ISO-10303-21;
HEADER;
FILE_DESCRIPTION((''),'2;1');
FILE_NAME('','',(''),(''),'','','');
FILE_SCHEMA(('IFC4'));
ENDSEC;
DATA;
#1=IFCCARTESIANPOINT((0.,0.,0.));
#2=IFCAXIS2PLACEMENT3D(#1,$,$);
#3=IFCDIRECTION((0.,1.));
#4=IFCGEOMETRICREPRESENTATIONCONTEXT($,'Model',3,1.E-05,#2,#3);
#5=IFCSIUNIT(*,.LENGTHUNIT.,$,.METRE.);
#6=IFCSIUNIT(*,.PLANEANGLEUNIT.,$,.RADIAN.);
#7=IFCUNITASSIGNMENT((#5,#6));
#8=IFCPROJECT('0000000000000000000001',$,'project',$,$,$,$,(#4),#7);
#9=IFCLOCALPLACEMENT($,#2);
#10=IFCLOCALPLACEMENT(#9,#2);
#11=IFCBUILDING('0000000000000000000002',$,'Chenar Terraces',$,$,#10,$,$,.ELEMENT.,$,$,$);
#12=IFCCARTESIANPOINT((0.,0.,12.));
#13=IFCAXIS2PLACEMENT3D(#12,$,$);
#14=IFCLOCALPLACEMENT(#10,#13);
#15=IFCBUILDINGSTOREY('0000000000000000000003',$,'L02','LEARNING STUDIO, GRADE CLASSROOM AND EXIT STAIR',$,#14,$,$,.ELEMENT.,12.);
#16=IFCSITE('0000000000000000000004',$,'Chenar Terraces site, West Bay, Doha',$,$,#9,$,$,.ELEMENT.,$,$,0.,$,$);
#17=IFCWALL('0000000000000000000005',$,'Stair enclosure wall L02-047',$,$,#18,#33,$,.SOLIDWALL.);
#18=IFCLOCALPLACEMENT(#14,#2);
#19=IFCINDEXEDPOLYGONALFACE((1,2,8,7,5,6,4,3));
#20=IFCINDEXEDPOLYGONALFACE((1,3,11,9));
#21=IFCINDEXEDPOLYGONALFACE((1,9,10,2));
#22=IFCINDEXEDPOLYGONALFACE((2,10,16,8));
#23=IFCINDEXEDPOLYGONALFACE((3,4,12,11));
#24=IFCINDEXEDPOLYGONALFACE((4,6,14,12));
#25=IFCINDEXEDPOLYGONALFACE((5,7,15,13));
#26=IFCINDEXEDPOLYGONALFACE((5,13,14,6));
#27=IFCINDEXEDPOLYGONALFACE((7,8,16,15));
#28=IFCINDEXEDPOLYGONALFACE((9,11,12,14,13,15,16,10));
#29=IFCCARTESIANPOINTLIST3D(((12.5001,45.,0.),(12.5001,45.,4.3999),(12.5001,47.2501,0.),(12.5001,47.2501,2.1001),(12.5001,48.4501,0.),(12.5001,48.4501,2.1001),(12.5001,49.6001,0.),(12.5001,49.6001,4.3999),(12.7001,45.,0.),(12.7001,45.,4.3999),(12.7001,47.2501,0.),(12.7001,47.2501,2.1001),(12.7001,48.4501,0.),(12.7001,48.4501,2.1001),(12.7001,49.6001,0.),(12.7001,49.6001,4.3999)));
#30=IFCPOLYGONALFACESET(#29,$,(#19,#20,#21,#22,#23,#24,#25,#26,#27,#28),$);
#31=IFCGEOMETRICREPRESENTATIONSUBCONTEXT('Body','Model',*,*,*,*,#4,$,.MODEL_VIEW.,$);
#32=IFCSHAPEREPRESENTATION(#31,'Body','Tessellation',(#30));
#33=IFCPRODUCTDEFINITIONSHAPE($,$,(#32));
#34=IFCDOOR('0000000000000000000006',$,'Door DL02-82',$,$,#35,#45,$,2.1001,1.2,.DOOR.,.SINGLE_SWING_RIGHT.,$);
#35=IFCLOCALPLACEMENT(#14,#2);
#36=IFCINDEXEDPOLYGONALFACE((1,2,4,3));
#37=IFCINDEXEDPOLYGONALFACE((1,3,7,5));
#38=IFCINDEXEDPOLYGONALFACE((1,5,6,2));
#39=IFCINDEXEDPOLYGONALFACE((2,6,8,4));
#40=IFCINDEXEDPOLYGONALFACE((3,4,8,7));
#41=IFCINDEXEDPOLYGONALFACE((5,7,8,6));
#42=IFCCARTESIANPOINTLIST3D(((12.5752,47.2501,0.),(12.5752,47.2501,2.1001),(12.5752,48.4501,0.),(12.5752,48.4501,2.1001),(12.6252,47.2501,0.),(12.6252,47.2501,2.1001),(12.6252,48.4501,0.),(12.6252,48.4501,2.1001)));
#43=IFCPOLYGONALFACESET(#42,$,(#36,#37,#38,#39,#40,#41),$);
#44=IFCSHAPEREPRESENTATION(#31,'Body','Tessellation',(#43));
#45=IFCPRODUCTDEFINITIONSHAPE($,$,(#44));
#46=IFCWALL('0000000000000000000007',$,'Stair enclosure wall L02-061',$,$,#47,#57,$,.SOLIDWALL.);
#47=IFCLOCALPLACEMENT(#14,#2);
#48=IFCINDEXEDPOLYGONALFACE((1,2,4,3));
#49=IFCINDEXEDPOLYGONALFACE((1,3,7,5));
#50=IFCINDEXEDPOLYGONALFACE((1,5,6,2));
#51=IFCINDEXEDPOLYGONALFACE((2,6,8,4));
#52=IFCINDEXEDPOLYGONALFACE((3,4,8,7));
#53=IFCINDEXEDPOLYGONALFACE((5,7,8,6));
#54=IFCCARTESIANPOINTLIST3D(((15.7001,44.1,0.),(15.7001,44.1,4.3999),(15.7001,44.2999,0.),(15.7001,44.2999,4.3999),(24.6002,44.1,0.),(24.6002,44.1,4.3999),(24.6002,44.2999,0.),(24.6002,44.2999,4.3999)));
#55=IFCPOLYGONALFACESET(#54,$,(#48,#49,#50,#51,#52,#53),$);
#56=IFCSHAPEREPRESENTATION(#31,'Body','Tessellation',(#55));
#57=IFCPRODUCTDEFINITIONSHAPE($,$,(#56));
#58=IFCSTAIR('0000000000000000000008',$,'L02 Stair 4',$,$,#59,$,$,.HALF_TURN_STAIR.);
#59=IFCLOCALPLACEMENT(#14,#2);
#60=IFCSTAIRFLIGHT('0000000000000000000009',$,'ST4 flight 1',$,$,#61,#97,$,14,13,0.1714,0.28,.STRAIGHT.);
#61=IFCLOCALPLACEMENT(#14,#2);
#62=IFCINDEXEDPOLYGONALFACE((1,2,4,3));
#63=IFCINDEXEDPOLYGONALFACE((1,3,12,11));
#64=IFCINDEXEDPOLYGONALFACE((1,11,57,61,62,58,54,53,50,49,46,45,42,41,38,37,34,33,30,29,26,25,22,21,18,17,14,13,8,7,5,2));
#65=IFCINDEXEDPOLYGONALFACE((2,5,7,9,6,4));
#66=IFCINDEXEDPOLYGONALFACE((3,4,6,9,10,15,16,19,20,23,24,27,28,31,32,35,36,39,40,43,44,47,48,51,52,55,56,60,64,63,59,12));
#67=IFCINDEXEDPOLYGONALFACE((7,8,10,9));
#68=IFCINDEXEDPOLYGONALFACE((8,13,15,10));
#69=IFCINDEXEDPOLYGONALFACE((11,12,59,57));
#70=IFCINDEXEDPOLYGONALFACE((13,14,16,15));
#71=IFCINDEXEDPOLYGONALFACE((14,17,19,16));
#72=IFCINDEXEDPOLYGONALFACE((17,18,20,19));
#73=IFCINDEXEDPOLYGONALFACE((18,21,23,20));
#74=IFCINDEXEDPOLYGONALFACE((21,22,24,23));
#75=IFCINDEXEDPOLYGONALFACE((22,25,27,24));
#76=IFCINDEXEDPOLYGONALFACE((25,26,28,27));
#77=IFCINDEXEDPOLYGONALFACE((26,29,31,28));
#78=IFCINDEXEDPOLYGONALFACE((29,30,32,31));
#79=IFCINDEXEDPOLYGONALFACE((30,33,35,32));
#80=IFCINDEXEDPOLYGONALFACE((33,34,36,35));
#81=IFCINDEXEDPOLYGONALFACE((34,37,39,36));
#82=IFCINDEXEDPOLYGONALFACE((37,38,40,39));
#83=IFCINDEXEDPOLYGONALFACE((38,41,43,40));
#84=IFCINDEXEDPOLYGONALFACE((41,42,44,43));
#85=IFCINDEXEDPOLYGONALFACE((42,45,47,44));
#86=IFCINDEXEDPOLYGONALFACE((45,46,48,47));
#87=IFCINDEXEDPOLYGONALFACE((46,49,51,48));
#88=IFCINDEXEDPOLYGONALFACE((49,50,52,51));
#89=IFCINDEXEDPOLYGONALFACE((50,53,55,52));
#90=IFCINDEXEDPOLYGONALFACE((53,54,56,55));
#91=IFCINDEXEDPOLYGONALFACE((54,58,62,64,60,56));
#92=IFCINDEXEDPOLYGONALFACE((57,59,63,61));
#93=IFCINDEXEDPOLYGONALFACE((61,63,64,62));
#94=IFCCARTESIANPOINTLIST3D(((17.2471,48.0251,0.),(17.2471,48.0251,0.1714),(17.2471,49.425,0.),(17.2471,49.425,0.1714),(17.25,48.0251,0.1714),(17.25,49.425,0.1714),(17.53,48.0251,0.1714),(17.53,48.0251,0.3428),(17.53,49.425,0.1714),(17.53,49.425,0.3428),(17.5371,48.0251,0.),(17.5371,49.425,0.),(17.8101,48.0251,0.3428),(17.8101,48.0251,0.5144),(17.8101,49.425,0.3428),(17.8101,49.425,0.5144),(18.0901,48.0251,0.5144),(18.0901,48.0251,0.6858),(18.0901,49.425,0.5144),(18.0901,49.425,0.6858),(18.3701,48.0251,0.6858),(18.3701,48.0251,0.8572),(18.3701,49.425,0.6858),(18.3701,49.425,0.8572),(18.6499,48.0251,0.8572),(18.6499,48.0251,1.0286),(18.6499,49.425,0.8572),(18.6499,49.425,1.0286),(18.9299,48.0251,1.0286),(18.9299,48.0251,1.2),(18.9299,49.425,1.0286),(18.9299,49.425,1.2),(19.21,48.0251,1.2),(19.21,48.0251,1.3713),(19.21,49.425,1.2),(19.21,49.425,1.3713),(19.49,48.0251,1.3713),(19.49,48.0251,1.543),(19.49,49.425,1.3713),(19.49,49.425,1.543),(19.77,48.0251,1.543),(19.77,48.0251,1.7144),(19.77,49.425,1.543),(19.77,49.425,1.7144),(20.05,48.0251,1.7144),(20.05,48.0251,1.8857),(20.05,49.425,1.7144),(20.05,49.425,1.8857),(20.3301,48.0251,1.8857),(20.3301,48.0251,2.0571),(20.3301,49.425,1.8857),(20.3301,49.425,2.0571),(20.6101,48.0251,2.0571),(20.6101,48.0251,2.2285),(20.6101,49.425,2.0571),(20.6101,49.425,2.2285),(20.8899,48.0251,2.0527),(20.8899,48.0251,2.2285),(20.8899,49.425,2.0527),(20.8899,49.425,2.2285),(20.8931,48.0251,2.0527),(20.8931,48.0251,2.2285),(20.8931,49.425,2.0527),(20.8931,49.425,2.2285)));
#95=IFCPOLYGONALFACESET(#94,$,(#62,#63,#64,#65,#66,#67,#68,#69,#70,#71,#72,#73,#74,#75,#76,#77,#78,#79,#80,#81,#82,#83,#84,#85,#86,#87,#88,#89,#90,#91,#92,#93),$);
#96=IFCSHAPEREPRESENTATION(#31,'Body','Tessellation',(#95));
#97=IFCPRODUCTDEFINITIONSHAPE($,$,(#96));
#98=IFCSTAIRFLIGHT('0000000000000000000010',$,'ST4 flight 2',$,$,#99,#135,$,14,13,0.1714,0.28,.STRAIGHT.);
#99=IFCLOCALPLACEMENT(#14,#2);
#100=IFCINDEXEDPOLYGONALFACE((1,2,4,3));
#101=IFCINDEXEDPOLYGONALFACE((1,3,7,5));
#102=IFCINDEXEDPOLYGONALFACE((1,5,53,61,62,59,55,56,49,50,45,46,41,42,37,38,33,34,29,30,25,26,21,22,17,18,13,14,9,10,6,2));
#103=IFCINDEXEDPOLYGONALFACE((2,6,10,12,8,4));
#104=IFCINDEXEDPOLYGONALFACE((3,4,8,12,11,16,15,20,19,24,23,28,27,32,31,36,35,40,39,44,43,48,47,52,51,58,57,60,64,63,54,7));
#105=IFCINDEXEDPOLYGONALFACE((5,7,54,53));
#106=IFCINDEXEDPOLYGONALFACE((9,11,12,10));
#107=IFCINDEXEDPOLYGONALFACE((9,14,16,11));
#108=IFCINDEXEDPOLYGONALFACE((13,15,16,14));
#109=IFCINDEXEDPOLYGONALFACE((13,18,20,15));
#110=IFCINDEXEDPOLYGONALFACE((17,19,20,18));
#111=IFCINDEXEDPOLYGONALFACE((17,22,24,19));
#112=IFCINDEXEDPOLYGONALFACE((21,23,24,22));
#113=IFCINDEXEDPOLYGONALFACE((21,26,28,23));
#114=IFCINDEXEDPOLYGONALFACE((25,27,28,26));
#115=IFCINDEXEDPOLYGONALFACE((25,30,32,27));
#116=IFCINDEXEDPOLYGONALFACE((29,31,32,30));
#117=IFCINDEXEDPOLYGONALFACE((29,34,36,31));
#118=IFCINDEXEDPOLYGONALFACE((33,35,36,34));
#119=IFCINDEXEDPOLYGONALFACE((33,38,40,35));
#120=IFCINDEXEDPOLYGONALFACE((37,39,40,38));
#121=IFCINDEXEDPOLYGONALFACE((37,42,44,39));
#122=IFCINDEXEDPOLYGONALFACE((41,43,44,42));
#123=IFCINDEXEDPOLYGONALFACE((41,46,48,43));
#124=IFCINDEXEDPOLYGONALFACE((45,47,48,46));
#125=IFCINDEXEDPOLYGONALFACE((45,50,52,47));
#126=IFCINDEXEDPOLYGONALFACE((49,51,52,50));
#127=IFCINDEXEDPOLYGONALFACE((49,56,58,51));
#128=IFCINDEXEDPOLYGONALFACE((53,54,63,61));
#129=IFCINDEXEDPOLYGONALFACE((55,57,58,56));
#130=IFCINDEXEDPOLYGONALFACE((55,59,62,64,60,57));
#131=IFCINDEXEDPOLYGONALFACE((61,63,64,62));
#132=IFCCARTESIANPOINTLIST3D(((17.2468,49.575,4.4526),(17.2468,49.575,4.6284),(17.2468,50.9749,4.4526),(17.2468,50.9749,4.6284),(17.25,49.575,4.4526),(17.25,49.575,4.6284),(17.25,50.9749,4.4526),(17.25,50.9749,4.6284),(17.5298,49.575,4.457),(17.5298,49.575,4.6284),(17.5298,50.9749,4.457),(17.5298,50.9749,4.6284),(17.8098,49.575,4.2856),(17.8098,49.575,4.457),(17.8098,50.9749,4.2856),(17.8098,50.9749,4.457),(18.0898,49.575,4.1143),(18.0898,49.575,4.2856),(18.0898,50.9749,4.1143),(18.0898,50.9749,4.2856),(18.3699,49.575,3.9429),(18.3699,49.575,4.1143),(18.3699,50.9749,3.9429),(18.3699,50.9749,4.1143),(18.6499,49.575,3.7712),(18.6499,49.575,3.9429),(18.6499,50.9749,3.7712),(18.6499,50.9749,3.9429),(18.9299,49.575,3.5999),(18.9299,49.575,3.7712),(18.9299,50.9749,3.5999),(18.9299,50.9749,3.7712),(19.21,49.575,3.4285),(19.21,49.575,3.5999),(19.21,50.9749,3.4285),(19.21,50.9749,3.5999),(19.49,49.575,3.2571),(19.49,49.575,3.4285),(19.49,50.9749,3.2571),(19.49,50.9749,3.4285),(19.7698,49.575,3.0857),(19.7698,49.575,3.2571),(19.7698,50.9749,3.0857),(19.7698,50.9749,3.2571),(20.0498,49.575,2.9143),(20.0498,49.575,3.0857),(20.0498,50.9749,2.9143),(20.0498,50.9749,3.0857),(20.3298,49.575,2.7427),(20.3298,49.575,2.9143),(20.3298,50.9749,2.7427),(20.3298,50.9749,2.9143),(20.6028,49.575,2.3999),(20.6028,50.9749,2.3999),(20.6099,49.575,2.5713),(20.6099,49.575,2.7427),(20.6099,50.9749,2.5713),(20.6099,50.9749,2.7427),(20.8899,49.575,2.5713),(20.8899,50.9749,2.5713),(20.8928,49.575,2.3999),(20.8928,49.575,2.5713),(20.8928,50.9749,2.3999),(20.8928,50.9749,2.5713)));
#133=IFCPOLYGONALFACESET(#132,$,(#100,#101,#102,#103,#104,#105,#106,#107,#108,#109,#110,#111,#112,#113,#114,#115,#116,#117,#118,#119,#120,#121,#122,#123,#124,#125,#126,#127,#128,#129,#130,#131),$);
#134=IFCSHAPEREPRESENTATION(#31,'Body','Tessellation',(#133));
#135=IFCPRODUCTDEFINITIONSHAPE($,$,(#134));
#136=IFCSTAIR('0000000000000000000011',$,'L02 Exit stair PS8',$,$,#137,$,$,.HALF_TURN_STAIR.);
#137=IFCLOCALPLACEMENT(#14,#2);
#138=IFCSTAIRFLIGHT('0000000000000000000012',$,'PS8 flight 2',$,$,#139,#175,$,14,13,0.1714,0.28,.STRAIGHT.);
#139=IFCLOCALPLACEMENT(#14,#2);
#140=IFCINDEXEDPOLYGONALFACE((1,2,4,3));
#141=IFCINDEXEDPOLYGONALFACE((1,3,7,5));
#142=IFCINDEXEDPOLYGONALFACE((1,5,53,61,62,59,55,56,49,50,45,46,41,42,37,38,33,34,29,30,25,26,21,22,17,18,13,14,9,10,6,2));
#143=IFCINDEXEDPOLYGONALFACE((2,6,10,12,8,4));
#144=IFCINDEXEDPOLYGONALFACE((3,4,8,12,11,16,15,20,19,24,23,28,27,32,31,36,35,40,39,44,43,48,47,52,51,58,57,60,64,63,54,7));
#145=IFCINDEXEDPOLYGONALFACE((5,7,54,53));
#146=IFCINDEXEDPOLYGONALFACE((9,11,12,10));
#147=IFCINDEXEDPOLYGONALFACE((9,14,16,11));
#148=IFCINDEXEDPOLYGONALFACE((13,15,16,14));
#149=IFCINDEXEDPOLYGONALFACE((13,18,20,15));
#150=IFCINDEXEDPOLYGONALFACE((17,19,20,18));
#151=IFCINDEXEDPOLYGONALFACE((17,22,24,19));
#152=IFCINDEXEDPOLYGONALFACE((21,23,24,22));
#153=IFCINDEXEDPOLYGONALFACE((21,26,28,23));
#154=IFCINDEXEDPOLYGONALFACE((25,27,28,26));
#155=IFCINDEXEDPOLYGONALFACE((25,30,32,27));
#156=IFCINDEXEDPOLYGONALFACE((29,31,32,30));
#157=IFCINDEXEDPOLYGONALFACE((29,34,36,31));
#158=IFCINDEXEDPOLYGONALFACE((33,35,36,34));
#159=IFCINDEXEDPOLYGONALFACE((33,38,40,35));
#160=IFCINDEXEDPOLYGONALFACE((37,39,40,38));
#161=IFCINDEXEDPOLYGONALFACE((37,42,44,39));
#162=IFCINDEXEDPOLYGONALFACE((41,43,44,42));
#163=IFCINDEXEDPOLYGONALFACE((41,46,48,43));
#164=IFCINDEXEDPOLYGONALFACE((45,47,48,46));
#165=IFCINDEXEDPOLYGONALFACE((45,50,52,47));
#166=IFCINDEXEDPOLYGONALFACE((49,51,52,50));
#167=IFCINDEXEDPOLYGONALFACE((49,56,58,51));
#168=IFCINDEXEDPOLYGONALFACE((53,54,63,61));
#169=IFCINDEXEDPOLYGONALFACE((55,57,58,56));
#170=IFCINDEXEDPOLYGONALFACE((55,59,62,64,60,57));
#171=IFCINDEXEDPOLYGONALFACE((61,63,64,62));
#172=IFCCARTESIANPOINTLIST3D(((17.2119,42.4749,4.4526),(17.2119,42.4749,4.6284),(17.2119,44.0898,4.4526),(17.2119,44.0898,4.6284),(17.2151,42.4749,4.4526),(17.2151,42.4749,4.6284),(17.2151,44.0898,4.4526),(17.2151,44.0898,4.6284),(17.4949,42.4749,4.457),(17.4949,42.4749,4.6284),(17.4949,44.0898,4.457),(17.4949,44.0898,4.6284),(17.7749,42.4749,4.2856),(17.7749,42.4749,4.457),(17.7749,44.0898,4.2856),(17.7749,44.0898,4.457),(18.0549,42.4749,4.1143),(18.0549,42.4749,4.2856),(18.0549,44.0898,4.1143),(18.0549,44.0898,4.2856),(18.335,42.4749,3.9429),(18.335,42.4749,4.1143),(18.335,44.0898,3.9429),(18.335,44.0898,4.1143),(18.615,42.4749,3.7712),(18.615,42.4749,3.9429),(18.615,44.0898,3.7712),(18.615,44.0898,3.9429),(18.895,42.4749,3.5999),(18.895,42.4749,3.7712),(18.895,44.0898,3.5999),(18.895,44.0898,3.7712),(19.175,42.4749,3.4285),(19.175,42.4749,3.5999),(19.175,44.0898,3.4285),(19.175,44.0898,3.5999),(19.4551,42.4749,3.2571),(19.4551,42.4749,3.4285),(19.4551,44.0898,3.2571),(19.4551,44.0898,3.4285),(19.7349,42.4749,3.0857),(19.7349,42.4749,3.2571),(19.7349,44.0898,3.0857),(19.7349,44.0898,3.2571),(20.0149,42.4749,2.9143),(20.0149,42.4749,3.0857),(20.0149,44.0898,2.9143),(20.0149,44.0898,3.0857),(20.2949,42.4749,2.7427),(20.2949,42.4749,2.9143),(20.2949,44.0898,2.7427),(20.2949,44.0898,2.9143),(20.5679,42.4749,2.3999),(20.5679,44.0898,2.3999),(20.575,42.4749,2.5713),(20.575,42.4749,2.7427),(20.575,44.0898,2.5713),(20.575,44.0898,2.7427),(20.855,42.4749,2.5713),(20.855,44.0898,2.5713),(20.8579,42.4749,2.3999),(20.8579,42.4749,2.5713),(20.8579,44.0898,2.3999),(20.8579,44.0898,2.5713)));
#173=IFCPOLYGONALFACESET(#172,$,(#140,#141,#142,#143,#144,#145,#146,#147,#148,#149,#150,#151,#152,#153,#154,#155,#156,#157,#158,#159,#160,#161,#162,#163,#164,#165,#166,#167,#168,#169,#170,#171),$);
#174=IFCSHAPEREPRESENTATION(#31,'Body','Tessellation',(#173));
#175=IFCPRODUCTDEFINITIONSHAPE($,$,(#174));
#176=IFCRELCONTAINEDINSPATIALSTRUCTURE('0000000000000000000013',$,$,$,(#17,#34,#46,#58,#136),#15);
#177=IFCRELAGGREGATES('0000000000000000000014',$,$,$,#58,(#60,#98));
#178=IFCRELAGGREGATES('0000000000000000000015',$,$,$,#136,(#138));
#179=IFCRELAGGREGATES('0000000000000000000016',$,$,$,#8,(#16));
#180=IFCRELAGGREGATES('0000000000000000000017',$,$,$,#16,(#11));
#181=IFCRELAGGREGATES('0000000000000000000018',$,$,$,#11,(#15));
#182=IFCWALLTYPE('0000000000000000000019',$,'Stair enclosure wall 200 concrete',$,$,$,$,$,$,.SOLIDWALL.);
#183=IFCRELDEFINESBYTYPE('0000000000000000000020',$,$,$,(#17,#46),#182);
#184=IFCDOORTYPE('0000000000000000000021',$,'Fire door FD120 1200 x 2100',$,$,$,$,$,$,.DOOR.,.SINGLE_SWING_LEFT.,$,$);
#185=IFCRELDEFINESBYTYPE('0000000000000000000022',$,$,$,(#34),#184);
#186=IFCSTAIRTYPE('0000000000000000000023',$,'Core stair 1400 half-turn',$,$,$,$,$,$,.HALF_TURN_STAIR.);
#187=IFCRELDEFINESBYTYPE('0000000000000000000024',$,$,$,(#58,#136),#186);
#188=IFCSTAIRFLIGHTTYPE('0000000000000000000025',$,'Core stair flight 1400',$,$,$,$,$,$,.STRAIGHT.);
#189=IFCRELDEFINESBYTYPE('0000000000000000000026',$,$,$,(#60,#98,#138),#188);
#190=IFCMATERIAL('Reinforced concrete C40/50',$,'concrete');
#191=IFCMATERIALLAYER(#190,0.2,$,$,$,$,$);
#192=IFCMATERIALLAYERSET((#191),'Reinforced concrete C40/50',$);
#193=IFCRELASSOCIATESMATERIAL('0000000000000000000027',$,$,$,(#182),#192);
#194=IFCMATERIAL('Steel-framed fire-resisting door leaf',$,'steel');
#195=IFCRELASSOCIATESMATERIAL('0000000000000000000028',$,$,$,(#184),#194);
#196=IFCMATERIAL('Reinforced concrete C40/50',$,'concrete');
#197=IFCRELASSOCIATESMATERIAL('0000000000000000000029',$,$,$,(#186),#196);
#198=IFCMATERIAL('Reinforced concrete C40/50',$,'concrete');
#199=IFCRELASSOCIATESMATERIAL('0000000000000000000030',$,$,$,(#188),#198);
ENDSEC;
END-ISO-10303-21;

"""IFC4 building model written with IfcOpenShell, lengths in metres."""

from ifc_helpers import new_model, si_unit, direction, frame, frame_2d, origin, place, context, subcontext, project, spatial, polyline, rectangle, outline, extrude, material, layer, layer_set, type_object, element, fill, aggregate, save


model = new_model("IFC4")

# Units and contexts
model_context = context("Model", 3, precision=1e-05, world=origin(), true_north=direction((0.0, 1.0)))
body_context = subcontext(model_context, "Body", "Model", "MODEL_VIEW")
ifc_project = project(units=[si_unit("LENGTHUNIT", "METRE"), si_unit("PLANEANGLEUNIT", "RADIAN")], contexts=[model_context])

# Site, building, storey
site_placement = place(None, origin())
site = spatial("IfcSite", under=ifc_project, at=site_placement, Name="Chenar Terraces site, West Bay, Doha", CompositionType="ELEMENT", RefElevation=0.0)
building_placement = place(site_placement, origin())
building = spatial("IfcBuilding", under=site, at=building_placement, Name="Chenar Terraces", CompositionType="ELEMENT")
storey_placement = place(building_placement, frame((0.0, 0.0, 12.0)))
storey = spatial("IfcBuildingStorey", under=building, at=storey_placement, Name="L02", Description="LEARNING STUDIO, GRADE CLASSROOM AND EXIT STAIR", CompositionType="ELEMENT", Elevation=12.0)

# Wall, opening, door
ifc_material_1 = material(Name="Reinforced concrete C40/50", Category="concrete")
ifc_layer_1 = layer(ifc_material_1, 0.2)
ifc_layer_set_1 = layer_set([ifc_layer_1], Name="Reinforced concrete C40/50")
wall_type_1 = type_object("IfcWallType", Name="Stair enclosure wall 200 concrete", PredefinedType="SOLIDWALL", material=ifc_layer_set_1)
wall_1_placement = place(storey_placement, frame((12.6001, 45.0, 0.0), z_axis=(0.0, 0.0, 1.0), x_axis=(0.0, 1.0, 0.0)))
wall_1 = element("IfcWall", 1, at=wall_1_placement, inside=storey, type_object=wall_type_1, Name="Stair enclosure wall L02-047", PredefinedType="SOLIDWALL", context=body_context, shape_type="SweptSolid", body=[
    extrude(rectangle(XDim=4.6001, YDim=0.2, at=frame_2d((2.3, 0.0))), origin(), (0.0, 0.0, 1.0), 4.3999),
])
opening_1_placement = place(wall_1_placement, frame((2.25, 0.0, 0.0)))
opening_1 = element("IfcOpeningElement", 2, at=opening_1_placement, cuts=wall_1, PredefinedType="OPENING", context=body_context, shape_type="SweptSolid", body=[
    extrude(rectangle(XDim=1.2, YDim=2.1001, at=frame_2d((0.6001, 1.05))), frame((0.0, 0.1099, 0.0), z_axis=(0.0, -1.0, 0.0), x_axis=(1.0, 0.0, 0.0)), (0.0, 0.0, 1.0), 0.22),
])
ifc_material_2 = material(Name="Steel-framed fire-resisting door leaf", Category="steel")
door_type_1 = type_object("IfcDoorType", Name="Fire door FD120 1200 x 2100", OperationType="SINGLE_SWING_LEFT", PredefinedType="DOOR", material=ifc_material_2)
door_1_placement = place(opening_1_placement, origin())
door_1 = element("IfcDoor", 3, at=door_1_placement, inside=storey, type_object=door_type_1, Name="Door DL02-82", OperationType="SINGLE_SWING_RIGHT", OverallHeight=2.1001, OverallWidth=1.2, PredefinedType="DOOR", context=body_context, shape_type="SweptSolid", body=[
    extrude(rectangle(XDim=1.2, YDim=2.1001, at=frame_2d((0.6001, 1.05))), frame((0.0, 0.0249, 0.0), z_axis=(0.0, -1.0, 0.0), x_axis=(1.0, 0.0, 0.0)), (0.0, 0.0, 1.0), 0.05),
])
fill(opening_1, door_1)

# Wall
wall_2_placement = place(storey_placement, frame((15.7, 44.2, 0.0), z_axis=(0.0, 0.0, 1.0), x_axis=(1.0, 0.0, 0.0)))
element("IfcWall", 4, at=wall_2_placement, inside=storey, type_object=wall_type_1, Name="Stair enclosure wall L02-061", PredefinedType="SOLIDWALL", context=body_context, shape_type="SweptSolid", body=[
    extrude(rectangle(XDim=8.9001, YDim=0.2, at=frame_2d((4.4502, 0.0))), origin(), (0.0, 0.0, 1.0), 4.3999),
])

# Stair, stair flights
ifc_material_3 = material(Name="Reinforced concrete C40/50", Category="concrete")
stair_type = type_object("IfcStairType", Name="Core stair 1400 half-turn", PredefinedType="HALF_TURN_STAIR", material=ifc_material_3)
placement = place(storey_placement, origin())
stair_1 = element("IfcStair", 5, at=placement, inside=storey, type_object=stair_type, Name="L02 Stair 4", PredefinedType="HALF_TURN_STAIR")
ifc_material_4 = material(Name="Reinforced concrete C40/50", Category="concrete")
stair_flight_type = type_object("IfcStairFlightType", Name="Core stair flight 1400", PredefinedType="STRAIGHT", material=ifc_material_4)
stair_flight_1_placement = place(storey_placement, frame((17.25, 48.7251, 0.0), z_axis=(0.0, 0.0, 1.0), x_axis=(1.0, 0.0, 0.0)))
stair_flight_1 = element("IfcStairFlight", 6, at=stair_flight_1_placement, type_object=stair_flight_type, Name="ST4 flight 1", NumberOfRisers=14, NumberOfTreads=13, PredefinedType="STRAIGHT", RiserHeight=0.1714, TreadLength=0.28, context=body_context, shape_type="SweptSolid", body=[
    extrude(outline(polyline([(-0.0029, 0.0), (-0.0029, 0.1714), (0.0, 0.1714), (0.28, 0.1714), (0.28, 0.3428), (0.5601, 0.3428), (0.5601, 0.5144), (0.8401, 0.5144), (0.8401, 0.6858), (1.1201, 0.6858), (1.1201, 0.8572), (1.3999, 0.8572), (1.3999, 1.0286), (1.6799, 1.0286), (1.6799, 1.2), (1.96, 1.2), (1.96, 1.3713), (2.24, 1.3713), (2.24, 1.543), (2.52, 1.543), (2.52, 1.7144), (2.8, 1.7144), (2.8, 1.8857), (3.0801, 1.8857), (3.0801, 2.0571), (3.3601, 2.0571), (3.3601, 2.2285), (3.6399, 2.2285), (3.6431, 2.2285), (3.6431, 2.0527), (3.6399, 2.0527), (0.2871, 0.0), (-0.0029, 0.0)])), frame((0.0, 0.7, 0.0), z_axis=(0.0, -1.0, 0.0), x_axis=(1.0, 0.0, 0.0)), (0.0, 0.0, 1.0), 1.3999),
])
stair_flight_2_placement = place(storey_placement, frame((20.8899, 50.2749, 2.3999), z_axis=(0.0, 0.0, 1.0), x_axis=(-1.0, 0.0, 0.0)))
stair_flight_2 = element("IfcStairFlight", 7, at=stair_flight_2_placement, type_object=stair_flight_type, Name="ST4 flight 2", NumberOfRisers=14, NumberOfTreads=13, PredefinedType="STRAIGHT", RiserHeight=0.1714, TreadLength=0.28, context=body_context, shape_type="SweptSolid", body=[
    extrude(outline(polyline([(-0.0029, 0.0), (-0.0029, 0.1714), (0.0, 0.1714), (0.28, 0.1714), (0.28, 0.3428), (0.5601, 0.3428), (0.5601, 0.5144), (0.8401, 0.5144), (0.8401, 0.6858), (1.1201, 0.6858), (1.1201, 0.8572), (1.3999, 0.8572), (1.3999, 1.0286), (1.6799, 1.0286), (1.6799, 1.2), (1.96, 1.2), (1.96, 1.3713), (2.24, 1.3713), (2.24, 1.543), (2.52, 1.543), (2.52, 1.7144), (2.8, 1.7144), (2.8, 1.8857), (3.0801, 1.8857), (3.0801, 2.0571), (3.3601, 2.0571), (3.3601, 2.2285), (3.6399, 2.2285), (3.6431, 2.2285), (3.6431, 2.0527), (3.6399, 2.0527), (0.2871, 0.0), (-0.0029, 0.0)])), frame((0.0, 0.7, 0.0), z_axis=(0.0, -1.0, 0.0), x_axis=(1.0, 0.0, 0.0)), (0.0, 0.0, 1.0), 1.3999),
])
aggregate(stair_1, [stair_flight_1, stair_flight_2])

# Stair, stair flight
stair_2 = element("IfcStair", 8, at=placement, inside=storey, type_object=stair_type, Name="L02 Exit stair PS8", PredefinedType="HALF_TURN_STAIR")
stair_flight_3_placement = place(storey_placement, frame((20.855, 43.2825, 2.3999), z_axis=(0.0, 0.0, 1.0), x_axis=(-1.0, 0.0, 0.0)))
stair_flight_3 = element("IfcStairFlight", 9, at=stair_flight_3_placement, type_object=stair_flight_type, Name="PS8 flight 2", NumberOfRisers=14, NumberOfTreads=13, PredefinedType="STRAIGHT", RiserHeight=0.1714, TreadLength=0.28, context=body_context, shape_type="SweptSolid", body=[
    extrude(outline(polyline([(-0.0029, 0.0), (-0.0029, 0.1714), (0.0, 0.1714), (0.28, 0.1714), (0.28, 0.3428), (0.5601, 0.3428), (0.5601, 0.5144), (0.8401, 0.5144), (0.8401, 0.6858), (1.1201, 0.6858), (1.1201, 0.8572), (1.3999, 0.8572), (1.3999, 1.0286), (1.6799, 1.0286), (1.6799, 1.2), (1.96, 1.2), (1.96, 1.3713), (2.24, 1.3713), (2.24, 1.543), (2.52, 1.543), (2.52, 1.7144), (2.8, 1.7144), (2.8, 1.8857), (3.0801, 1.8857), (3.0801, 2.0571), (3.3601, 2.0571), (3.3601, 2.2285), (3.6399, 2.2285), (3.6431, 2.2285), (3.6431, 2.0527), (3.6399, 2.0527), (0.2871, 0.0), (-0.0029, 0.0)])), frame((0.0, 0.8076, 0.0), z_axis=(0.0, -1.0, 0.0), x_axis=(1.0, 0.0, 0.0)), (0.0, 0.0, 1.0), 1.615),
])
aggregate(stair_2, [stair_flight_3])

save(model, "model.ifc")
